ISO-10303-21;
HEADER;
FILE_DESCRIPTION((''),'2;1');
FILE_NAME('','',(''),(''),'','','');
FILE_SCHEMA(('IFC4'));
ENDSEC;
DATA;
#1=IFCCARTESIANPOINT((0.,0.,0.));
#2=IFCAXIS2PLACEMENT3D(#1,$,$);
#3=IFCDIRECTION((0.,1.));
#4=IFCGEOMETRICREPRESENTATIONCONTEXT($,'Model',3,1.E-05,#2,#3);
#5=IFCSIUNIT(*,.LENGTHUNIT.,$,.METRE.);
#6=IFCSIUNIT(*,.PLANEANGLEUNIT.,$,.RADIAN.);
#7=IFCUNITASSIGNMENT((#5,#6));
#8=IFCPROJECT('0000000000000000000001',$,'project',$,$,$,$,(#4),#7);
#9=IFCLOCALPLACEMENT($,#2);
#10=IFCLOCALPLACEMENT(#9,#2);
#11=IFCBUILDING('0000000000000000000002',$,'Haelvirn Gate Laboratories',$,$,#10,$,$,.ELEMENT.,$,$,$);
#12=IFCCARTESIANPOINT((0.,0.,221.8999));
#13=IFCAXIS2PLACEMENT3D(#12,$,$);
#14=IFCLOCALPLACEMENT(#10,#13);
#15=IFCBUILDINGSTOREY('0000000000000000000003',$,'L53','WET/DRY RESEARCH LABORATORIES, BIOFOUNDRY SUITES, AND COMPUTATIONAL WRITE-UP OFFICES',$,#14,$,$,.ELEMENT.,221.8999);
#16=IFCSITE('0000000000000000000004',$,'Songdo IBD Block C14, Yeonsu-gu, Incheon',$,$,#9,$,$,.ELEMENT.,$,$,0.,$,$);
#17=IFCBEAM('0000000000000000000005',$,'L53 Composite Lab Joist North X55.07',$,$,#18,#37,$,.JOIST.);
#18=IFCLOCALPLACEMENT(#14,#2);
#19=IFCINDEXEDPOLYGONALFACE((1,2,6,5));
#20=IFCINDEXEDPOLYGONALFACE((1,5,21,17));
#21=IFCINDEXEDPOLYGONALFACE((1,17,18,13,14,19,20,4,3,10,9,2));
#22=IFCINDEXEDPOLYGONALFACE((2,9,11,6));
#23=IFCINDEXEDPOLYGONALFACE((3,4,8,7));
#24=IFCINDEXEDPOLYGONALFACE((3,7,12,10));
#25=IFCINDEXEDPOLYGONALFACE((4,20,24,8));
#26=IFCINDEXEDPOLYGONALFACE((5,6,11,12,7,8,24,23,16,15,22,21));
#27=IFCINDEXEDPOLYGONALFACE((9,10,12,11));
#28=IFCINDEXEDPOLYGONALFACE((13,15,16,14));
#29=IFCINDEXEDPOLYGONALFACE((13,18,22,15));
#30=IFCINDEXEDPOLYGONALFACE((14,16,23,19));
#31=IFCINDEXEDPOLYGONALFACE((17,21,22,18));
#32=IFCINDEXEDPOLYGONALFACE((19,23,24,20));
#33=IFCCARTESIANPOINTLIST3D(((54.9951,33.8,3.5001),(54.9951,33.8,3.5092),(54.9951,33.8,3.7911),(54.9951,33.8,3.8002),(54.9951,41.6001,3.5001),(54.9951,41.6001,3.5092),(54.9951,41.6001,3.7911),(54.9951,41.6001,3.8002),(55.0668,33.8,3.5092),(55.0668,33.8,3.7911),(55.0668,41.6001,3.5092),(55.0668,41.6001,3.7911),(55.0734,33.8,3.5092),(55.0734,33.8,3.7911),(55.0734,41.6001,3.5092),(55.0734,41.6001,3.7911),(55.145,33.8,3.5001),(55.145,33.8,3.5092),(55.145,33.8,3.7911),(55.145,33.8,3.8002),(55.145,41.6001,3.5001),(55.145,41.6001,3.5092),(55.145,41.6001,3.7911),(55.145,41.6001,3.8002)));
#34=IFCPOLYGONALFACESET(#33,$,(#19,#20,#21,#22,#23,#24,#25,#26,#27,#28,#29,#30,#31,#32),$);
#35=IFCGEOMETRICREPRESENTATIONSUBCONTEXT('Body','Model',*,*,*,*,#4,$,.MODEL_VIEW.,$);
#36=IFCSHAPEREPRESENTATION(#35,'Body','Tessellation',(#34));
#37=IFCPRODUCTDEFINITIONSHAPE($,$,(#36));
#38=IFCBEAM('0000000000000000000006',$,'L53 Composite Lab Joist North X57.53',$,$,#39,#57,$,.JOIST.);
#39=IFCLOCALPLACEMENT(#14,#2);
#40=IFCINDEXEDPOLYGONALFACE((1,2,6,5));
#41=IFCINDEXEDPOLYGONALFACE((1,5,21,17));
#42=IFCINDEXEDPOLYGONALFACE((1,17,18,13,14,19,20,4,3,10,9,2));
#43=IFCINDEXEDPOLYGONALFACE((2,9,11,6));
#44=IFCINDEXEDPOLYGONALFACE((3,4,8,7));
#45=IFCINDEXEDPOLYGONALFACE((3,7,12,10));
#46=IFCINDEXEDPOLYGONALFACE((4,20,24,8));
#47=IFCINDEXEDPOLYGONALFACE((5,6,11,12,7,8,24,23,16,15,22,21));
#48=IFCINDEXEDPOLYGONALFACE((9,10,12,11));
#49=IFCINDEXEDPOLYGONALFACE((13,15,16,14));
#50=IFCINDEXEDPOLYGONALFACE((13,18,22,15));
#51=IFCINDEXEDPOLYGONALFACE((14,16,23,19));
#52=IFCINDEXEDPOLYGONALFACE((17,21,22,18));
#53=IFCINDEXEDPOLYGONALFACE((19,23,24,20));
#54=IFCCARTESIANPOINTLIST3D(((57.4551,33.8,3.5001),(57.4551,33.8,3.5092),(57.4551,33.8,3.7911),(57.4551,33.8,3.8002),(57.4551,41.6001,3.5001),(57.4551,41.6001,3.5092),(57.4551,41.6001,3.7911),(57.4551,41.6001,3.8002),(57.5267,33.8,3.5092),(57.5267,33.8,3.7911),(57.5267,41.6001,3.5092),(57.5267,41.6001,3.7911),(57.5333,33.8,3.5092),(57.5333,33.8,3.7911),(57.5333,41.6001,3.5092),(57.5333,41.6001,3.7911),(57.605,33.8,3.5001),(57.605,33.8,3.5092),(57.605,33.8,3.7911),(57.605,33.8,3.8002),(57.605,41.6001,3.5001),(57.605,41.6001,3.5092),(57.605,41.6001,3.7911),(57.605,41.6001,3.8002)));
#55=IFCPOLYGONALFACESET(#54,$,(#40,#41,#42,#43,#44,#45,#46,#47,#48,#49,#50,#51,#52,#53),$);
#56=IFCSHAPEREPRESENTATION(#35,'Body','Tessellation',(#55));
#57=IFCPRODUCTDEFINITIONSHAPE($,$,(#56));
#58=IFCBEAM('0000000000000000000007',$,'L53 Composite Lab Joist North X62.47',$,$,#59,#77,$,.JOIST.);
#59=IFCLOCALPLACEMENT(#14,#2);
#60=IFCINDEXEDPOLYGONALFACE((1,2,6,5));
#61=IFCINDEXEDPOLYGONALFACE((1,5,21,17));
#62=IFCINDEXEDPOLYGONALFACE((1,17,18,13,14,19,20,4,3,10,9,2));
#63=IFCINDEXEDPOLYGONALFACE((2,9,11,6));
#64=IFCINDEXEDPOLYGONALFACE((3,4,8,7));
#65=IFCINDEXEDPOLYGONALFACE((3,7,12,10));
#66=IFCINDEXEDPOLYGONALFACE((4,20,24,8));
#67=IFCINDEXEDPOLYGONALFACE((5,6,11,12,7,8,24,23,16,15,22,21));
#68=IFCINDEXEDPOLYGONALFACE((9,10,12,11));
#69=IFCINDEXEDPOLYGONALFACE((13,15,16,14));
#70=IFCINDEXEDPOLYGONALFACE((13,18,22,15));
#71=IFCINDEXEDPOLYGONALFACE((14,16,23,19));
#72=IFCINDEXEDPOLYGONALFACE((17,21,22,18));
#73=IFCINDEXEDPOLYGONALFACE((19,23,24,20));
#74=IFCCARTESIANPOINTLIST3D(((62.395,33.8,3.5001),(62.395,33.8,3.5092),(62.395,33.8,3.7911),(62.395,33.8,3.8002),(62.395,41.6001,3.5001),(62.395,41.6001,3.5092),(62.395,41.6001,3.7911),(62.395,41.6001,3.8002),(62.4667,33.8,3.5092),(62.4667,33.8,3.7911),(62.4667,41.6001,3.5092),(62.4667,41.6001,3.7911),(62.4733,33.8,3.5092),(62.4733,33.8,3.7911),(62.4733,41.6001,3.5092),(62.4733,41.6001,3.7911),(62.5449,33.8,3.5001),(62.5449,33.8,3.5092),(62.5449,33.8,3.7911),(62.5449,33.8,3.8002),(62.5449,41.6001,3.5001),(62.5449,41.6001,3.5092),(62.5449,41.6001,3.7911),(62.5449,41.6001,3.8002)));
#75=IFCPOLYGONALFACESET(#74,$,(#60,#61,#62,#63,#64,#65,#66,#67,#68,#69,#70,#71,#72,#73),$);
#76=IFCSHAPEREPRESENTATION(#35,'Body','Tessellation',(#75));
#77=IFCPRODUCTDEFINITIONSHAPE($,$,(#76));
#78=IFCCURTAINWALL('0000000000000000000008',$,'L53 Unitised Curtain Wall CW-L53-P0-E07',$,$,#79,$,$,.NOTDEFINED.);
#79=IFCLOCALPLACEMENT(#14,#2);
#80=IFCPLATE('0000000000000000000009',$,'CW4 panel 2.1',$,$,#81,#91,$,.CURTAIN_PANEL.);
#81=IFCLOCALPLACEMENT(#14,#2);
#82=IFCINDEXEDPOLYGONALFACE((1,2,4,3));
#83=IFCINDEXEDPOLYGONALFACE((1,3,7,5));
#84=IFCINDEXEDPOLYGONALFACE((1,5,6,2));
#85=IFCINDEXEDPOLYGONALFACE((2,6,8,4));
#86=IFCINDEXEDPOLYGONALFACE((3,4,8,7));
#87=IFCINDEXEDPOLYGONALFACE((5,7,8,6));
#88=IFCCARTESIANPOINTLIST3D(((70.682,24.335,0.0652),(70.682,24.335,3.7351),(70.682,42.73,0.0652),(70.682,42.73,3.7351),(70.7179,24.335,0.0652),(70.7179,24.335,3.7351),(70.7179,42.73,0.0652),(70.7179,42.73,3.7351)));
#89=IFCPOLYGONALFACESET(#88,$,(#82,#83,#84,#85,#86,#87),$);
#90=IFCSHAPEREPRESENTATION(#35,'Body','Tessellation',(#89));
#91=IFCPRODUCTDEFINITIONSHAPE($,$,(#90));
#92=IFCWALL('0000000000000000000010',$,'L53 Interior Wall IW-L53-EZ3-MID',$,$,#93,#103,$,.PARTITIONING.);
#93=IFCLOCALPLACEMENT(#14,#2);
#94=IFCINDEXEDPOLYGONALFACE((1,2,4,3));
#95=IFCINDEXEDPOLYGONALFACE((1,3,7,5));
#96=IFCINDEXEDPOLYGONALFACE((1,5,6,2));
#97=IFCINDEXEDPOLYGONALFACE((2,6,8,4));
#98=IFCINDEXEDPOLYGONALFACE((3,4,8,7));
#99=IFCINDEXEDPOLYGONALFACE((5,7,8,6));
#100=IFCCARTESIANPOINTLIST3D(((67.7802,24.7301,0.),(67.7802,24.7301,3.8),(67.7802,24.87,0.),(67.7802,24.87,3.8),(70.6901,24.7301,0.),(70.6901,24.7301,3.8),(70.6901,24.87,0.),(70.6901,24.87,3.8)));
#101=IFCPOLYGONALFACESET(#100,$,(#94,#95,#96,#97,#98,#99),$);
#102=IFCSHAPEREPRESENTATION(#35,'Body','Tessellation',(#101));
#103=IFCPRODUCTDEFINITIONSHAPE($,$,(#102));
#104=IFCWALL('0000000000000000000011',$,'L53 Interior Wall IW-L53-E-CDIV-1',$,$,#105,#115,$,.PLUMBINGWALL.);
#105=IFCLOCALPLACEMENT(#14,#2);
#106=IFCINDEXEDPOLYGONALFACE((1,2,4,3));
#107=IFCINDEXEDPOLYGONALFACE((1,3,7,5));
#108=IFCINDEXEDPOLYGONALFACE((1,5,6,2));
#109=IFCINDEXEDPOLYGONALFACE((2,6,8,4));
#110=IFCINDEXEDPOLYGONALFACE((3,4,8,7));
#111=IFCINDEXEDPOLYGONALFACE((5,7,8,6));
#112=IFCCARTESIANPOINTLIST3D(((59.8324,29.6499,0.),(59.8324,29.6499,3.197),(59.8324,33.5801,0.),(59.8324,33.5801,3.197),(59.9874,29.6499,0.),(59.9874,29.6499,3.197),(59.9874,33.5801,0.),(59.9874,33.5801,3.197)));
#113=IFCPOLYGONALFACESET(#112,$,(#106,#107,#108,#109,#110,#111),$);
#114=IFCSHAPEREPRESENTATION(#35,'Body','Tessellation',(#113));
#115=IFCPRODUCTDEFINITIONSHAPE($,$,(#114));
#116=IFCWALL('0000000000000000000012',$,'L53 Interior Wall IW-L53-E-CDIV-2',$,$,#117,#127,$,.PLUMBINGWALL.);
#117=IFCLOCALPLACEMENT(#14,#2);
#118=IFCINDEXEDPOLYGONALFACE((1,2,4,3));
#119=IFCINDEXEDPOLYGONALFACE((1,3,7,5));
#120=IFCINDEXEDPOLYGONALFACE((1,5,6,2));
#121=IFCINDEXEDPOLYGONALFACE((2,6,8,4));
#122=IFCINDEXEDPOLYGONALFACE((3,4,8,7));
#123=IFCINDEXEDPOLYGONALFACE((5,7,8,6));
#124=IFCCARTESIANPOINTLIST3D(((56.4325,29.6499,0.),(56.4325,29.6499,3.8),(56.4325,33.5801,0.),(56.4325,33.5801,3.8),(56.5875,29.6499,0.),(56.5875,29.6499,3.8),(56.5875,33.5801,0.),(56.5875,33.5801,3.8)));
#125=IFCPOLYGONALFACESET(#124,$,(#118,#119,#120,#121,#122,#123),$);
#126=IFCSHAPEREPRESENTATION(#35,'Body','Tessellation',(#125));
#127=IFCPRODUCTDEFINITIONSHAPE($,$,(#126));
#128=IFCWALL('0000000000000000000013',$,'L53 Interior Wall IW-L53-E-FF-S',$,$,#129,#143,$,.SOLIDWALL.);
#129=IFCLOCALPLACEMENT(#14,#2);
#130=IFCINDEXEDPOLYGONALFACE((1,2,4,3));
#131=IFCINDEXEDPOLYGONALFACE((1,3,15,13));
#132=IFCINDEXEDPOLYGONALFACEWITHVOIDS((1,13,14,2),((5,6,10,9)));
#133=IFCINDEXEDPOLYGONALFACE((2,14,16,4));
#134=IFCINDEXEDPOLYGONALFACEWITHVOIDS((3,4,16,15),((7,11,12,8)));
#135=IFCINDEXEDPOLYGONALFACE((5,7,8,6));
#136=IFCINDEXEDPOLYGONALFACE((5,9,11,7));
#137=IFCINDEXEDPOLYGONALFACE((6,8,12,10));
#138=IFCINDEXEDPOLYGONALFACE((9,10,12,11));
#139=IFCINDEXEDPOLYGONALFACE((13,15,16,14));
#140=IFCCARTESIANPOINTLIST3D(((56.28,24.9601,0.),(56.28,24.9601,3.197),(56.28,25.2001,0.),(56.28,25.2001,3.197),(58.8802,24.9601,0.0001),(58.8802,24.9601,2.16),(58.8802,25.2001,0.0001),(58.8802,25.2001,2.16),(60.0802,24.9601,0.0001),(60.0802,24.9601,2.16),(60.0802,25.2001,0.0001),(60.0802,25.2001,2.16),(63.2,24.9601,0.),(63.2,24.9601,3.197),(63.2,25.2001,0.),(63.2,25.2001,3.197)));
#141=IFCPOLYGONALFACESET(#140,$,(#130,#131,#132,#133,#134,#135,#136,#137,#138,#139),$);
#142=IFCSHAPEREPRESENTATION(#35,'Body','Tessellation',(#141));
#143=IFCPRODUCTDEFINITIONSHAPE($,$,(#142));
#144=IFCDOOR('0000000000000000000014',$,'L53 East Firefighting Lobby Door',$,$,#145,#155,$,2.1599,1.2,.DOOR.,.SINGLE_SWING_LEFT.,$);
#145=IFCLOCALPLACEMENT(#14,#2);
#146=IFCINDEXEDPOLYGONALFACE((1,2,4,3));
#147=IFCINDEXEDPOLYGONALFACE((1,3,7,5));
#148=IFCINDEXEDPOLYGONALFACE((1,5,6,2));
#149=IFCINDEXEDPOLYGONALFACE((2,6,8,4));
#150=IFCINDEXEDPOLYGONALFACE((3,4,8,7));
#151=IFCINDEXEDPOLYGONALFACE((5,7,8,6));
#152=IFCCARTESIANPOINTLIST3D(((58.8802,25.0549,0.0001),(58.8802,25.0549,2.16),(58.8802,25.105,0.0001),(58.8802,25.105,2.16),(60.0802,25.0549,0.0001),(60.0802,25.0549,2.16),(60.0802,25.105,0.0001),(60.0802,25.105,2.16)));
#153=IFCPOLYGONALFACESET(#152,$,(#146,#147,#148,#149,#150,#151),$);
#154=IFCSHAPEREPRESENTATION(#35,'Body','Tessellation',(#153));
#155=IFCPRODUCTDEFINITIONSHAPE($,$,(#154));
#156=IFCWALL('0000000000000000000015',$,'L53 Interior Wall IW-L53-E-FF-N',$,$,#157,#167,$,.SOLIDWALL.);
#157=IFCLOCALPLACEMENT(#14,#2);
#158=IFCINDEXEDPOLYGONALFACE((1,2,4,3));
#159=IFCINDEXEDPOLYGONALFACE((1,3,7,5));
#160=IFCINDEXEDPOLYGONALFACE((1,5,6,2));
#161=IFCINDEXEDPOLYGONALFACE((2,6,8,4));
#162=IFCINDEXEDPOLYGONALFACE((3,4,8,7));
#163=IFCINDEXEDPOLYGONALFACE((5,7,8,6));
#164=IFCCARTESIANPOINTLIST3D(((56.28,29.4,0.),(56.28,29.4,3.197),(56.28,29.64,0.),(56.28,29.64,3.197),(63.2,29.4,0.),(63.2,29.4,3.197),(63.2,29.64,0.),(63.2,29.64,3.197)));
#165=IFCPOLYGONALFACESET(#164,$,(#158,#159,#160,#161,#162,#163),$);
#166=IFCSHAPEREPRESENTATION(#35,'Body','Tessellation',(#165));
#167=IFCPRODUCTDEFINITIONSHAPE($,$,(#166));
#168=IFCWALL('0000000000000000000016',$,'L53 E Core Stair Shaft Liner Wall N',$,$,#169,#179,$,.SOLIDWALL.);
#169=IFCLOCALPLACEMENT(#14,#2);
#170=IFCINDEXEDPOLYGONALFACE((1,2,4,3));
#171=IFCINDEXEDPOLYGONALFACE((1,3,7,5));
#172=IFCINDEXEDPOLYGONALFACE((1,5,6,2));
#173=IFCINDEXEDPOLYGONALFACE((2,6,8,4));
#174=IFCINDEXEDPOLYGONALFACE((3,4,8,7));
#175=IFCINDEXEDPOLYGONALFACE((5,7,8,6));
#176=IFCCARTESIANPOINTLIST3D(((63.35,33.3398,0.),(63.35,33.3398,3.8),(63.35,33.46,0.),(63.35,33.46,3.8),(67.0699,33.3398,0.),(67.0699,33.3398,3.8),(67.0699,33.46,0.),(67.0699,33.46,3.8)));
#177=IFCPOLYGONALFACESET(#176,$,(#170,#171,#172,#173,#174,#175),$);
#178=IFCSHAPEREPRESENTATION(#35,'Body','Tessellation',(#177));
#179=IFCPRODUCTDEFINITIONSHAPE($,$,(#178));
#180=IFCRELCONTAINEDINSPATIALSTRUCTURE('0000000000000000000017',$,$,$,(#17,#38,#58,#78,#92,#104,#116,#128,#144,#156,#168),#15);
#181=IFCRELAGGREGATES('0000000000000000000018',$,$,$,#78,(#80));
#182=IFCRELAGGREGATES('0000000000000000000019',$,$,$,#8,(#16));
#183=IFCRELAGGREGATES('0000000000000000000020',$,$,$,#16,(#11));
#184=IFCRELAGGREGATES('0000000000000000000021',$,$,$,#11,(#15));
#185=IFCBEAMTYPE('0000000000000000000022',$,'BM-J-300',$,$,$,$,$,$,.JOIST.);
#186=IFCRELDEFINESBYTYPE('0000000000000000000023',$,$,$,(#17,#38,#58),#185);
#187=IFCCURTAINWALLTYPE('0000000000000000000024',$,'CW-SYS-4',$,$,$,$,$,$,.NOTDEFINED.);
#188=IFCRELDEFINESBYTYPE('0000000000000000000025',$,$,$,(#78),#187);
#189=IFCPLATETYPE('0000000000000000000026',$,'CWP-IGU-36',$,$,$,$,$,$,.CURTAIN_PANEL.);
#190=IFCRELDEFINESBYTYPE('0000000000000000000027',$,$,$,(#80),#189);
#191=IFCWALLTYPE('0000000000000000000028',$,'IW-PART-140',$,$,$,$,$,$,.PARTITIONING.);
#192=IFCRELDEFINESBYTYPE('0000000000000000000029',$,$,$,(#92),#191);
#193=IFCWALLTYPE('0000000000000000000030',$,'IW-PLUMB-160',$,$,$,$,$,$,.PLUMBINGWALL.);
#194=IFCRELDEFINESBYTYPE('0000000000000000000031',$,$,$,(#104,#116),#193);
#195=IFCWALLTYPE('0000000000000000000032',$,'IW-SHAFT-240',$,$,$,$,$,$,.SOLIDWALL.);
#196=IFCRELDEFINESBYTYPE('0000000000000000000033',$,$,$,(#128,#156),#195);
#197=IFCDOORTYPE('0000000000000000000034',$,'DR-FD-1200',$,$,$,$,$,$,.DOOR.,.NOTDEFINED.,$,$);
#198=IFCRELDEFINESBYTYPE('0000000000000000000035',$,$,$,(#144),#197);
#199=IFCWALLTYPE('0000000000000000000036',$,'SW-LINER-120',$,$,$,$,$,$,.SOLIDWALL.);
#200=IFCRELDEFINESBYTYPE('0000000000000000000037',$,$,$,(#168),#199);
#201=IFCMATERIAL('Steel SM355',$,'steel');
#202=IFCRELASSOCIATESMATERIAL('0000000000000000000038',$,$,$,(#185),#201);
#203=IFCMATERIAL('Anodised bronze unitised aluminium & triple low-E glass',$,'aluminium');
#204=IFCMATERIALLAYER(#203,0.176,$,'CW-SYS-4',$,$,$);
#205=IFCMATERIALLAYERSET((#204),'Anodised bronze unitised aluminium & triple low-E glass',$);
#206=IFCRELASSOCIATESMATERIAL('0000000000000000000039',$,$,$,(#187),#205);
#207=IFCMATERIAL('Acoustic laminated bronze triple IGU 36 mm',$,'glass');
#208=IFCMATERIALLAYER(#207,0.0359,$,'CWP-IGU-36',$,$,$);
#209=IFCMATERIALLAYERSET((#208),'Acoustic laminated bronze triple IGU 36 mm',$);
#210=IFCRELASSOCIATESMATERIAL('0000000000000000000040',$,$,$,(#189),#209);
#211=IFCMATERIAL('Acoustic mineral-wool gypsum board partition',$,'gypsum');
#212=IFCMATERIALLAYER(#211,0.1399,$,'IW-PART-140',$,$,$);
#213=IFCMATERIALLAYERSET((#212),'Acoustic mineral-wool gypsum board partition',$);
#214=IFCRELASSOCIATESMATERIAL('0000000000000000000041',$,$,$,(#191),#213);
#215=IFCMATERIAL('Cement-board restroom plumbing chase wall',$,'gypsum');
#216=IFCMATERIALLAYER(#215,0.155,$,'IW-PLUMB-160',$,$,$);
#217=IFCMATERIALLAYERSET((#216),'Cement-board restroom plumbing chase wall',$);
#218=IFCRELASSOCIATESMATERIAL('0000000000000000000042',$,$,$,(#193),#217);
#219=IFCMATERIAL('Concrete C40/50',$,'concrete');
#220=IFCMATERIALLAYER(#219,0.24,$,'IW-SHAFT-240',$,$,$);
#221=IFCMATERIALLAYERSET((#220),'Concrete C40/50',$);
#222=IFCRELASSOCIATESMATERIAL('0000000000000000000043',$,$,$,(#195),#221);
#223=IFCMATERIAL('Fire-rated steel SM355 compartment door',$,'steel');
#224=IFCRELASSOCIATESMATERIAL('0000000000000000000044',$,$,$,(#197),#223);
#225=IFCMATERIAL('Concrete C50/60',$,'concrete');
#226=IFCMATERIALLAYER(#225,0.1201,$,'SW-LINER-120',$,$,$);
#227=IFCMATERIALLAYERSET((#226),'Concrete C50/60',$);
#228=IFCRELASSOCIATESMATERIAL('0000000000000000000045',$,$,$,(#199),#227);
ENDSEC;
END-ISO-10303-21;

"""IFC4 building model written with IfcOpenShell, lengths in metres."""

from ifc_helpers import new_model, si_unit, direction, frame, frame_2d, origin, origin_2d, place, context, subcontext, project, spatial, rectangle, i_section, extrude, source, transform, mapped, material, layer, layer_set, material_profile, profile_set, type_object, type_shapes, element, fill, aggregate, save


model = new_model("IFC4")

# Units and contexts
model_context = context("Model", 3, precision=1e-05, world=origin(), true_north=direction((0.0, 1.0)))
body_context = subcontext(model_context, "Body", "Model", "MODEL_VIEW")
ifc_project = project(units=[si_unit("LENGTHUNIT", "METRE"), si_unit("PLANEANGLEUNIT", "RADIAN")], contexts=[model_context])

# Site, building, storey
site_placement = place(None, origin())
site = spatial("IfcSite", under=ifc_project, at=site_placement, Name="Songdo IBD Block C14, Yeonsu-gu, Incheon", CompositionType="ELEMENT", RefElevation=0.0)
building_placement = place(site_placement, origin())
building = spatial("IfcBuilding", under=site, at=building_placement, Name="Haelvirn Gate Laboratories", CompositionType="ELEMENT")
storey_placement = place(building_placement, frame((0.0, 0.0, 221.8999)))
storey = spatial("IfcBuildingStorey", under=building, at=storey_placement, Name="L53", Description="WET/DRY RESEARCH LABORATORIES, BIOFOUNDRY SUITES, AND COMPUTATIONAL WRITE-UP OFFICES", CompositionType="ELEMENT", Elevation=221.8999)

# Beams
ifc_material_1 = material(Name="Steel SM355", Category="steel")
ifc_material_profile = material_profile(ifc_material_1, i_section(OverallWidth=0.1499, OverallDepth=0.3, WebThickness=0.0066, FlangeThickness=0.009, at=origin_2d()), Name="H-300x150x6.5x9")
ifc_profile_set = profile_set([ifc_material_profile], Name="Steel SM355")
beam_type = type_object("IfcBeamType", Name="BM-J-300", PredefinedType="JOIST", material=ifc_profile_set)
shared_shape_1 = source(origin(), body_context, "Body", "SweptSolid", [
    extrude(i_section(OverallWidth=0.1499, OverallDepth=0.3, WebThickness=0.0066, FlangeThickness=0.009, at=origin_2d()), origin(), (0.0, 0.0, 1.0), 7.8),
])
type_shapes(beam_type, [shared_shape_1])
for number, where, z_axis, x_axis, name in (
    (1, (55.0701, 33.8, 3.6501), (0.0, 1.0, 0.0), (-1.0, 0.0, 0.0), "L53 Composite Lab Joist North X55.07"),
    (2, (57.53, 33.8, 3.6501), (0.0, 1.0, 0.0), (-1.0, 0.0, 0.0), "L53 Composite Lab Joist North X57.53"),
    (3, (62.47, 33.8, 3.6501), (0.0, 1.0, 0.0), (-1.0, 0.0, 0.0), "L53 Composite Lab Joist North X62.47"),
):
    element("IfcBeam", number, at=place(storey_placement, frame(where, z_axis=z_axis, x_axis=x_axis)), inside=storey, type_object=beam_type, Name=name, PredefinedType="JOIST", context=body_context, shape_type="MappedRepresentation", body=[
        mapped(shared_shape_1, transform((0.0, 0.0, 0.0), scale=1.0)),
    ])

# Curtain wall, plate
ifc_material_2 = material(Name="Anodised bronze unitised aluminium & triple low-E glass", Category="aluminium")
ifc_layer_1 = layer(ifc_material_2, 0.176, Name="CW-SYS-4")
ifc_layer_set_1 = layer_set([ifc_layer_1], Name="Anodised bronze unitised aluminium & triple low-E glass")
curtain_wall_type = type_object("IfcCurtainWallType", Name="CW-SYS-4", PredefinedType="NOTDEFINED", material=ifc_layer_set_1)
curtain_wall_placement = place(storey_placement, origin())
curtain_wall = element("IfcCurtainWall", 4, at=curtain_wall_placement, inside=storey, type_object=curtain_wall_type, Name="L53 Unitised Curtain Wall CW-L53-P0-E07", PredefinedType="NOTDEFINED")
ifc_material_3 = material(Name="Acoustic laminated bronze triple IGU 36 mm", Category="glass")
ifc_layer_2 = layer(ifc_material_3, 0.0359, Name="CWP-IGU-36")
ifc_layer_set_2 = layer_set([ifc_layer_2], Name="Acoustic laminated bronze triple IGU 36 mm")
plate_type = type_object("IfcPlateType", Name="CWP-IGU-36", PredefinedType="CURTAIN_PANEL", material=ifc_layer_set_2)
shared_shape_2 = source(origin(), body_context, "Body", "SweptSolid", [
    extrude(rectangle(XDim=18.395, YDim=0.0359, at=origin_2d()), origin(), (0.0, 0.0, 1.0), 3.6699),
])
type_shapes(plate_type, [shared_shape_2])
plate_placement = place(storey_placement, frame((70.7, 33.5325, 0.0652), z_axis=(0.0, 0.0, 1.0), x_axis=(0.0, 1.0, 0.0)))
plate = element("IfcPlate", 5, at=plate_placement, type_object=plate_type, Name="CW4 panel 2.1", PredefinedType="CURTAIN_PANEL", context=body_context, shape_type="MappedRepresentation", body=[
    mapped(shared_shape_2, transform((0.0, 0.0, 0.0), scale=1.0)),
])
aggregate(curtain_wall, [plate])

# Walls
ifc_material_4 = material(Name="Acoustic mineral-wool gypsum board partition", Category="gypsum")
ifc_layer_3 = layer(ifc_material_4, 0.1399, Name="IW-PART-140")
ifc_layer_set_3 = layer_set([ifc_layer_3], Name="Acoustic mineral-wool gypsum board partition")
wall_type_1 = type_object("IfcWallType", Name="IW-PART-140", PredefinedType="PARTITIONING", material=ifc_layer_set_3)
wall_1_placement = place(storey_placement, frame((67.78, 24.8, 0.0), z_axis=(0.0, 0.0, 1.0), x_axis=(1.0, 0.0, 0.0)))
element("IfcWall", 6, at=wall_1_placement, inside=storey, type_object=wall_type_1, Name="L53 Interior Wall IW-L53-EZ3-MID", PredefinedType="PARTITIONING", context=body_context, shape_type="SweptSolid", body=[
    extrude(rectangle(XDim=2.9099, YDim=0.1399, at=frame_2d((1.4551, 0.0))), origin(), (0.0, 0.0, 1.0), 3.8),
])
ifc_material_5 = material(Name="Cement-board restroom plumbing chase wall", Category="gypsum")
ifc_layer_4 = layer(ifc_material_5, 0.155, Name="IW-PLUMB-160")
ifc_layer_set_4 = layer_set([ifc_layer_4], Name="Cement-board restroom plumbing chase wall")
wall_type_2 = type_object("IfcWallType", Name="IW-PLUMB-160", PredefinedType="PLUMBINGWALL", material=ifc_layer_set_4)
wall_2_placement = place(storey_placement, frame((59.9099, 29.6499, 0.0), z_axis=(0.0, 0.0, 1.0), x_axis=(0.0, 1.0, 0.0)))
element("IfcWall", 7, at=wall_2_placement, inside=storey, type_object=wall_type_2, Name="L53 Interior Wall IW-L53-E-CDIV-1", PredefinedType="PLUMBINGWALL", context=body_context, shape_type="SweptSolid", body=[
    extrude(rectangle(XDim=3.9302, YDim=0.155, at=frame_2d((1.9651, 0.0))), origin(), (0.0, 0.0, 1.0), 3.197),
])
wall_3_placement = place(storey_placement, frame((56.51, 29.6499, 0.0), z_axis=(0.0, 0.0, 1.0), x_axis=(0.0, 1.0, 0.0)))
element("IfcWall", 8, at=wall_3_placement, inside=storey, type_object=wall_type_2, Name="L53 Interior Wall IW-L53-E-CDIV-2", PredefinedType="PLUMBINGWALL", context=body_context, shape_type="SweptSolid", body=[
    extrude(rectangle(XDim=3.9302, YDim=0.155, at=frame_2d((1.9651, 0.0))), origin(), (0.0, 0.0, 1.0), 3.8),
])

# Wall, opening, door
ifc_material_6 = material(Name="Concrete C40/50", Category="concrete")
ifc_layer_5 = layer(ifc_material_6, 0.24, Name="IW-SHAFT-240")
ifc_layer_set_5 = layer_set([ifc_layer_5], Name="Concrete C40/50")
wall_type_3 = type_object("IfcWallType", Name="IW-SHAFT-240", PredefinedType="SOLIDWALL", material=ifc_layer_set_5)
wall_4_placement = place(storey_placement, frame((56.28, 25.0801, 0.0), z_axis=(0.0, 0.0, 1.0), x_axis=(1.0, 0.0, 0.0)))
wall_4 = element("IfcWall", 9, at=wall_4_placement, inside=storey, type_object=wall_type_3, Name="L53 Interior Wall IW-L53-E-FF-S", PredefinedType="SOLIDWALL", context=body_context, shape_type="SweptSolid", body=[
    extrude(rectangle(XDim=6.9199, YDim=0.24, at=frame_2d((3.46, 0.0))), origin(), (0.0, 0.0, 1.0), 3.197),
])
opening_1_placement = place(wall_4_placement, frame((2.6001, 0.0, 0.0)))
opening_1 = element("IfcOpeningElement", 10, at=opening_1_placement, cuts=wall_4, PredefinedType="OPENING", context=body_context, shape_type="SweptSolid", body=[
    extrude(rectangle(XDim=1.2, YDim=2.1599, at=frame_2d((0.6001, 1.0801))), frame((0.0, 0.1299, 0.0), z_axis=(0.0, -1.0, 0.0), x_axis=(1.0, 0.0, 0.0)), (0.0, 0.0, 1.0), 0.26),
])
ifc_material_7 = material(Name="Fire-rated steel SM355 compartment door", Category="steel")
door_type_1 = type_object("IfcDoorType", Name="DR-FD-1200", OperationType="NOTDEFINED", PredefinedType="DOOR", material=ifc_material_7)
shared_shape_3 = source(origin(), body_context, "Body", "SweptSolid", [
    extrude(rectangle(XDim=1.2, YDim=2.1599, at=frame_2d((0.6001, 1.0801))), frame((0.0, 0.0249, 0.0), z_axis=(0.0, -1.0, 0.0), x_axis=(1.0, 0.0, 0.0)), (0.0, 0.0, 1.0), 0.05),
])
type_shapes(door_type_1, [shared_shape_3])
door_1_placement = place(opening_1_placement, origin())
door_1 = element("IfcDoor", 11, at=door_1_placement, inside=storey, type_object=door_type_1, Name="L53 East Firefighting Lobby Door", OperationType="SINGLE_SWING_LEFT", OverallHeight=2.1599, OverallWidth=1.2, PredefinedType="DOOR", context=body_context, shape_type="MappedRepresentation", body=[
    mapped(shared_shape_3, transform((0.0, 0.0, 0.0), scale=1.0)),
])
fill(opening_1, door_1)

# Walls
wall_5_placement = place(storey_placement, frame((56.28, 29.52, 0.0), z_axis=(0.0, 0.0, 1.0), x_axis=(1.0, 0.0, 0.0)))
element("IfcWall", 12, at=wall_5_placement, inside=storey, type_object=wall_type_3, Name="L53 Interior Wall IW-L53-E-FF-N", PredefinedType="SOLIDWALL", context=body_context, shape_type="SweptSolid", body=[
    extrude(rectangle(XDim=6.9199, YDim=0.24, at=frame_2d((3.46, 0.0))), origin(), (0.0, 0.0, 1.0), 3.197),
])
ifc_material_8 = material(Name="Concrete C50/60", Category="concrete")
ifc_layer_6 = layer(ifc_material_8, 0.1201, Name="SW-LINER-120")
ifc_layer_set_6 = layer_set([ifc_layer_6], Name="Concrete C50/60")
wall_type_4 = type_object("IfcWallType", Name="SW-LINER-120", PredefinedType="SOLIDWALL", material=ifc_layer_set_6)
wall_6_placement = place(storey_placement, frame((63.3501, 33.3999, 0.0), z_axis=(0.0, 0.0, 1.0), x_axis=(1.0, 0.0, 0.0)))
element("IfcWall", 13, at=wall_6_placement, inside=storey, type_object=wall_type_4, Name="L53 E Core Stair Shaft Liner Wall N", PredefinedType="SOLIDWALL", context=body_context, shape_type="SweptSolid", body=[
    extrude(rectangle(XDim=3.72, YDim=0.1201, at=frame_2d((1.8599, 0.0))), origin(), (0.0, 0.0, 1.0), 3.8),
])

save(model, "model.ifc")
